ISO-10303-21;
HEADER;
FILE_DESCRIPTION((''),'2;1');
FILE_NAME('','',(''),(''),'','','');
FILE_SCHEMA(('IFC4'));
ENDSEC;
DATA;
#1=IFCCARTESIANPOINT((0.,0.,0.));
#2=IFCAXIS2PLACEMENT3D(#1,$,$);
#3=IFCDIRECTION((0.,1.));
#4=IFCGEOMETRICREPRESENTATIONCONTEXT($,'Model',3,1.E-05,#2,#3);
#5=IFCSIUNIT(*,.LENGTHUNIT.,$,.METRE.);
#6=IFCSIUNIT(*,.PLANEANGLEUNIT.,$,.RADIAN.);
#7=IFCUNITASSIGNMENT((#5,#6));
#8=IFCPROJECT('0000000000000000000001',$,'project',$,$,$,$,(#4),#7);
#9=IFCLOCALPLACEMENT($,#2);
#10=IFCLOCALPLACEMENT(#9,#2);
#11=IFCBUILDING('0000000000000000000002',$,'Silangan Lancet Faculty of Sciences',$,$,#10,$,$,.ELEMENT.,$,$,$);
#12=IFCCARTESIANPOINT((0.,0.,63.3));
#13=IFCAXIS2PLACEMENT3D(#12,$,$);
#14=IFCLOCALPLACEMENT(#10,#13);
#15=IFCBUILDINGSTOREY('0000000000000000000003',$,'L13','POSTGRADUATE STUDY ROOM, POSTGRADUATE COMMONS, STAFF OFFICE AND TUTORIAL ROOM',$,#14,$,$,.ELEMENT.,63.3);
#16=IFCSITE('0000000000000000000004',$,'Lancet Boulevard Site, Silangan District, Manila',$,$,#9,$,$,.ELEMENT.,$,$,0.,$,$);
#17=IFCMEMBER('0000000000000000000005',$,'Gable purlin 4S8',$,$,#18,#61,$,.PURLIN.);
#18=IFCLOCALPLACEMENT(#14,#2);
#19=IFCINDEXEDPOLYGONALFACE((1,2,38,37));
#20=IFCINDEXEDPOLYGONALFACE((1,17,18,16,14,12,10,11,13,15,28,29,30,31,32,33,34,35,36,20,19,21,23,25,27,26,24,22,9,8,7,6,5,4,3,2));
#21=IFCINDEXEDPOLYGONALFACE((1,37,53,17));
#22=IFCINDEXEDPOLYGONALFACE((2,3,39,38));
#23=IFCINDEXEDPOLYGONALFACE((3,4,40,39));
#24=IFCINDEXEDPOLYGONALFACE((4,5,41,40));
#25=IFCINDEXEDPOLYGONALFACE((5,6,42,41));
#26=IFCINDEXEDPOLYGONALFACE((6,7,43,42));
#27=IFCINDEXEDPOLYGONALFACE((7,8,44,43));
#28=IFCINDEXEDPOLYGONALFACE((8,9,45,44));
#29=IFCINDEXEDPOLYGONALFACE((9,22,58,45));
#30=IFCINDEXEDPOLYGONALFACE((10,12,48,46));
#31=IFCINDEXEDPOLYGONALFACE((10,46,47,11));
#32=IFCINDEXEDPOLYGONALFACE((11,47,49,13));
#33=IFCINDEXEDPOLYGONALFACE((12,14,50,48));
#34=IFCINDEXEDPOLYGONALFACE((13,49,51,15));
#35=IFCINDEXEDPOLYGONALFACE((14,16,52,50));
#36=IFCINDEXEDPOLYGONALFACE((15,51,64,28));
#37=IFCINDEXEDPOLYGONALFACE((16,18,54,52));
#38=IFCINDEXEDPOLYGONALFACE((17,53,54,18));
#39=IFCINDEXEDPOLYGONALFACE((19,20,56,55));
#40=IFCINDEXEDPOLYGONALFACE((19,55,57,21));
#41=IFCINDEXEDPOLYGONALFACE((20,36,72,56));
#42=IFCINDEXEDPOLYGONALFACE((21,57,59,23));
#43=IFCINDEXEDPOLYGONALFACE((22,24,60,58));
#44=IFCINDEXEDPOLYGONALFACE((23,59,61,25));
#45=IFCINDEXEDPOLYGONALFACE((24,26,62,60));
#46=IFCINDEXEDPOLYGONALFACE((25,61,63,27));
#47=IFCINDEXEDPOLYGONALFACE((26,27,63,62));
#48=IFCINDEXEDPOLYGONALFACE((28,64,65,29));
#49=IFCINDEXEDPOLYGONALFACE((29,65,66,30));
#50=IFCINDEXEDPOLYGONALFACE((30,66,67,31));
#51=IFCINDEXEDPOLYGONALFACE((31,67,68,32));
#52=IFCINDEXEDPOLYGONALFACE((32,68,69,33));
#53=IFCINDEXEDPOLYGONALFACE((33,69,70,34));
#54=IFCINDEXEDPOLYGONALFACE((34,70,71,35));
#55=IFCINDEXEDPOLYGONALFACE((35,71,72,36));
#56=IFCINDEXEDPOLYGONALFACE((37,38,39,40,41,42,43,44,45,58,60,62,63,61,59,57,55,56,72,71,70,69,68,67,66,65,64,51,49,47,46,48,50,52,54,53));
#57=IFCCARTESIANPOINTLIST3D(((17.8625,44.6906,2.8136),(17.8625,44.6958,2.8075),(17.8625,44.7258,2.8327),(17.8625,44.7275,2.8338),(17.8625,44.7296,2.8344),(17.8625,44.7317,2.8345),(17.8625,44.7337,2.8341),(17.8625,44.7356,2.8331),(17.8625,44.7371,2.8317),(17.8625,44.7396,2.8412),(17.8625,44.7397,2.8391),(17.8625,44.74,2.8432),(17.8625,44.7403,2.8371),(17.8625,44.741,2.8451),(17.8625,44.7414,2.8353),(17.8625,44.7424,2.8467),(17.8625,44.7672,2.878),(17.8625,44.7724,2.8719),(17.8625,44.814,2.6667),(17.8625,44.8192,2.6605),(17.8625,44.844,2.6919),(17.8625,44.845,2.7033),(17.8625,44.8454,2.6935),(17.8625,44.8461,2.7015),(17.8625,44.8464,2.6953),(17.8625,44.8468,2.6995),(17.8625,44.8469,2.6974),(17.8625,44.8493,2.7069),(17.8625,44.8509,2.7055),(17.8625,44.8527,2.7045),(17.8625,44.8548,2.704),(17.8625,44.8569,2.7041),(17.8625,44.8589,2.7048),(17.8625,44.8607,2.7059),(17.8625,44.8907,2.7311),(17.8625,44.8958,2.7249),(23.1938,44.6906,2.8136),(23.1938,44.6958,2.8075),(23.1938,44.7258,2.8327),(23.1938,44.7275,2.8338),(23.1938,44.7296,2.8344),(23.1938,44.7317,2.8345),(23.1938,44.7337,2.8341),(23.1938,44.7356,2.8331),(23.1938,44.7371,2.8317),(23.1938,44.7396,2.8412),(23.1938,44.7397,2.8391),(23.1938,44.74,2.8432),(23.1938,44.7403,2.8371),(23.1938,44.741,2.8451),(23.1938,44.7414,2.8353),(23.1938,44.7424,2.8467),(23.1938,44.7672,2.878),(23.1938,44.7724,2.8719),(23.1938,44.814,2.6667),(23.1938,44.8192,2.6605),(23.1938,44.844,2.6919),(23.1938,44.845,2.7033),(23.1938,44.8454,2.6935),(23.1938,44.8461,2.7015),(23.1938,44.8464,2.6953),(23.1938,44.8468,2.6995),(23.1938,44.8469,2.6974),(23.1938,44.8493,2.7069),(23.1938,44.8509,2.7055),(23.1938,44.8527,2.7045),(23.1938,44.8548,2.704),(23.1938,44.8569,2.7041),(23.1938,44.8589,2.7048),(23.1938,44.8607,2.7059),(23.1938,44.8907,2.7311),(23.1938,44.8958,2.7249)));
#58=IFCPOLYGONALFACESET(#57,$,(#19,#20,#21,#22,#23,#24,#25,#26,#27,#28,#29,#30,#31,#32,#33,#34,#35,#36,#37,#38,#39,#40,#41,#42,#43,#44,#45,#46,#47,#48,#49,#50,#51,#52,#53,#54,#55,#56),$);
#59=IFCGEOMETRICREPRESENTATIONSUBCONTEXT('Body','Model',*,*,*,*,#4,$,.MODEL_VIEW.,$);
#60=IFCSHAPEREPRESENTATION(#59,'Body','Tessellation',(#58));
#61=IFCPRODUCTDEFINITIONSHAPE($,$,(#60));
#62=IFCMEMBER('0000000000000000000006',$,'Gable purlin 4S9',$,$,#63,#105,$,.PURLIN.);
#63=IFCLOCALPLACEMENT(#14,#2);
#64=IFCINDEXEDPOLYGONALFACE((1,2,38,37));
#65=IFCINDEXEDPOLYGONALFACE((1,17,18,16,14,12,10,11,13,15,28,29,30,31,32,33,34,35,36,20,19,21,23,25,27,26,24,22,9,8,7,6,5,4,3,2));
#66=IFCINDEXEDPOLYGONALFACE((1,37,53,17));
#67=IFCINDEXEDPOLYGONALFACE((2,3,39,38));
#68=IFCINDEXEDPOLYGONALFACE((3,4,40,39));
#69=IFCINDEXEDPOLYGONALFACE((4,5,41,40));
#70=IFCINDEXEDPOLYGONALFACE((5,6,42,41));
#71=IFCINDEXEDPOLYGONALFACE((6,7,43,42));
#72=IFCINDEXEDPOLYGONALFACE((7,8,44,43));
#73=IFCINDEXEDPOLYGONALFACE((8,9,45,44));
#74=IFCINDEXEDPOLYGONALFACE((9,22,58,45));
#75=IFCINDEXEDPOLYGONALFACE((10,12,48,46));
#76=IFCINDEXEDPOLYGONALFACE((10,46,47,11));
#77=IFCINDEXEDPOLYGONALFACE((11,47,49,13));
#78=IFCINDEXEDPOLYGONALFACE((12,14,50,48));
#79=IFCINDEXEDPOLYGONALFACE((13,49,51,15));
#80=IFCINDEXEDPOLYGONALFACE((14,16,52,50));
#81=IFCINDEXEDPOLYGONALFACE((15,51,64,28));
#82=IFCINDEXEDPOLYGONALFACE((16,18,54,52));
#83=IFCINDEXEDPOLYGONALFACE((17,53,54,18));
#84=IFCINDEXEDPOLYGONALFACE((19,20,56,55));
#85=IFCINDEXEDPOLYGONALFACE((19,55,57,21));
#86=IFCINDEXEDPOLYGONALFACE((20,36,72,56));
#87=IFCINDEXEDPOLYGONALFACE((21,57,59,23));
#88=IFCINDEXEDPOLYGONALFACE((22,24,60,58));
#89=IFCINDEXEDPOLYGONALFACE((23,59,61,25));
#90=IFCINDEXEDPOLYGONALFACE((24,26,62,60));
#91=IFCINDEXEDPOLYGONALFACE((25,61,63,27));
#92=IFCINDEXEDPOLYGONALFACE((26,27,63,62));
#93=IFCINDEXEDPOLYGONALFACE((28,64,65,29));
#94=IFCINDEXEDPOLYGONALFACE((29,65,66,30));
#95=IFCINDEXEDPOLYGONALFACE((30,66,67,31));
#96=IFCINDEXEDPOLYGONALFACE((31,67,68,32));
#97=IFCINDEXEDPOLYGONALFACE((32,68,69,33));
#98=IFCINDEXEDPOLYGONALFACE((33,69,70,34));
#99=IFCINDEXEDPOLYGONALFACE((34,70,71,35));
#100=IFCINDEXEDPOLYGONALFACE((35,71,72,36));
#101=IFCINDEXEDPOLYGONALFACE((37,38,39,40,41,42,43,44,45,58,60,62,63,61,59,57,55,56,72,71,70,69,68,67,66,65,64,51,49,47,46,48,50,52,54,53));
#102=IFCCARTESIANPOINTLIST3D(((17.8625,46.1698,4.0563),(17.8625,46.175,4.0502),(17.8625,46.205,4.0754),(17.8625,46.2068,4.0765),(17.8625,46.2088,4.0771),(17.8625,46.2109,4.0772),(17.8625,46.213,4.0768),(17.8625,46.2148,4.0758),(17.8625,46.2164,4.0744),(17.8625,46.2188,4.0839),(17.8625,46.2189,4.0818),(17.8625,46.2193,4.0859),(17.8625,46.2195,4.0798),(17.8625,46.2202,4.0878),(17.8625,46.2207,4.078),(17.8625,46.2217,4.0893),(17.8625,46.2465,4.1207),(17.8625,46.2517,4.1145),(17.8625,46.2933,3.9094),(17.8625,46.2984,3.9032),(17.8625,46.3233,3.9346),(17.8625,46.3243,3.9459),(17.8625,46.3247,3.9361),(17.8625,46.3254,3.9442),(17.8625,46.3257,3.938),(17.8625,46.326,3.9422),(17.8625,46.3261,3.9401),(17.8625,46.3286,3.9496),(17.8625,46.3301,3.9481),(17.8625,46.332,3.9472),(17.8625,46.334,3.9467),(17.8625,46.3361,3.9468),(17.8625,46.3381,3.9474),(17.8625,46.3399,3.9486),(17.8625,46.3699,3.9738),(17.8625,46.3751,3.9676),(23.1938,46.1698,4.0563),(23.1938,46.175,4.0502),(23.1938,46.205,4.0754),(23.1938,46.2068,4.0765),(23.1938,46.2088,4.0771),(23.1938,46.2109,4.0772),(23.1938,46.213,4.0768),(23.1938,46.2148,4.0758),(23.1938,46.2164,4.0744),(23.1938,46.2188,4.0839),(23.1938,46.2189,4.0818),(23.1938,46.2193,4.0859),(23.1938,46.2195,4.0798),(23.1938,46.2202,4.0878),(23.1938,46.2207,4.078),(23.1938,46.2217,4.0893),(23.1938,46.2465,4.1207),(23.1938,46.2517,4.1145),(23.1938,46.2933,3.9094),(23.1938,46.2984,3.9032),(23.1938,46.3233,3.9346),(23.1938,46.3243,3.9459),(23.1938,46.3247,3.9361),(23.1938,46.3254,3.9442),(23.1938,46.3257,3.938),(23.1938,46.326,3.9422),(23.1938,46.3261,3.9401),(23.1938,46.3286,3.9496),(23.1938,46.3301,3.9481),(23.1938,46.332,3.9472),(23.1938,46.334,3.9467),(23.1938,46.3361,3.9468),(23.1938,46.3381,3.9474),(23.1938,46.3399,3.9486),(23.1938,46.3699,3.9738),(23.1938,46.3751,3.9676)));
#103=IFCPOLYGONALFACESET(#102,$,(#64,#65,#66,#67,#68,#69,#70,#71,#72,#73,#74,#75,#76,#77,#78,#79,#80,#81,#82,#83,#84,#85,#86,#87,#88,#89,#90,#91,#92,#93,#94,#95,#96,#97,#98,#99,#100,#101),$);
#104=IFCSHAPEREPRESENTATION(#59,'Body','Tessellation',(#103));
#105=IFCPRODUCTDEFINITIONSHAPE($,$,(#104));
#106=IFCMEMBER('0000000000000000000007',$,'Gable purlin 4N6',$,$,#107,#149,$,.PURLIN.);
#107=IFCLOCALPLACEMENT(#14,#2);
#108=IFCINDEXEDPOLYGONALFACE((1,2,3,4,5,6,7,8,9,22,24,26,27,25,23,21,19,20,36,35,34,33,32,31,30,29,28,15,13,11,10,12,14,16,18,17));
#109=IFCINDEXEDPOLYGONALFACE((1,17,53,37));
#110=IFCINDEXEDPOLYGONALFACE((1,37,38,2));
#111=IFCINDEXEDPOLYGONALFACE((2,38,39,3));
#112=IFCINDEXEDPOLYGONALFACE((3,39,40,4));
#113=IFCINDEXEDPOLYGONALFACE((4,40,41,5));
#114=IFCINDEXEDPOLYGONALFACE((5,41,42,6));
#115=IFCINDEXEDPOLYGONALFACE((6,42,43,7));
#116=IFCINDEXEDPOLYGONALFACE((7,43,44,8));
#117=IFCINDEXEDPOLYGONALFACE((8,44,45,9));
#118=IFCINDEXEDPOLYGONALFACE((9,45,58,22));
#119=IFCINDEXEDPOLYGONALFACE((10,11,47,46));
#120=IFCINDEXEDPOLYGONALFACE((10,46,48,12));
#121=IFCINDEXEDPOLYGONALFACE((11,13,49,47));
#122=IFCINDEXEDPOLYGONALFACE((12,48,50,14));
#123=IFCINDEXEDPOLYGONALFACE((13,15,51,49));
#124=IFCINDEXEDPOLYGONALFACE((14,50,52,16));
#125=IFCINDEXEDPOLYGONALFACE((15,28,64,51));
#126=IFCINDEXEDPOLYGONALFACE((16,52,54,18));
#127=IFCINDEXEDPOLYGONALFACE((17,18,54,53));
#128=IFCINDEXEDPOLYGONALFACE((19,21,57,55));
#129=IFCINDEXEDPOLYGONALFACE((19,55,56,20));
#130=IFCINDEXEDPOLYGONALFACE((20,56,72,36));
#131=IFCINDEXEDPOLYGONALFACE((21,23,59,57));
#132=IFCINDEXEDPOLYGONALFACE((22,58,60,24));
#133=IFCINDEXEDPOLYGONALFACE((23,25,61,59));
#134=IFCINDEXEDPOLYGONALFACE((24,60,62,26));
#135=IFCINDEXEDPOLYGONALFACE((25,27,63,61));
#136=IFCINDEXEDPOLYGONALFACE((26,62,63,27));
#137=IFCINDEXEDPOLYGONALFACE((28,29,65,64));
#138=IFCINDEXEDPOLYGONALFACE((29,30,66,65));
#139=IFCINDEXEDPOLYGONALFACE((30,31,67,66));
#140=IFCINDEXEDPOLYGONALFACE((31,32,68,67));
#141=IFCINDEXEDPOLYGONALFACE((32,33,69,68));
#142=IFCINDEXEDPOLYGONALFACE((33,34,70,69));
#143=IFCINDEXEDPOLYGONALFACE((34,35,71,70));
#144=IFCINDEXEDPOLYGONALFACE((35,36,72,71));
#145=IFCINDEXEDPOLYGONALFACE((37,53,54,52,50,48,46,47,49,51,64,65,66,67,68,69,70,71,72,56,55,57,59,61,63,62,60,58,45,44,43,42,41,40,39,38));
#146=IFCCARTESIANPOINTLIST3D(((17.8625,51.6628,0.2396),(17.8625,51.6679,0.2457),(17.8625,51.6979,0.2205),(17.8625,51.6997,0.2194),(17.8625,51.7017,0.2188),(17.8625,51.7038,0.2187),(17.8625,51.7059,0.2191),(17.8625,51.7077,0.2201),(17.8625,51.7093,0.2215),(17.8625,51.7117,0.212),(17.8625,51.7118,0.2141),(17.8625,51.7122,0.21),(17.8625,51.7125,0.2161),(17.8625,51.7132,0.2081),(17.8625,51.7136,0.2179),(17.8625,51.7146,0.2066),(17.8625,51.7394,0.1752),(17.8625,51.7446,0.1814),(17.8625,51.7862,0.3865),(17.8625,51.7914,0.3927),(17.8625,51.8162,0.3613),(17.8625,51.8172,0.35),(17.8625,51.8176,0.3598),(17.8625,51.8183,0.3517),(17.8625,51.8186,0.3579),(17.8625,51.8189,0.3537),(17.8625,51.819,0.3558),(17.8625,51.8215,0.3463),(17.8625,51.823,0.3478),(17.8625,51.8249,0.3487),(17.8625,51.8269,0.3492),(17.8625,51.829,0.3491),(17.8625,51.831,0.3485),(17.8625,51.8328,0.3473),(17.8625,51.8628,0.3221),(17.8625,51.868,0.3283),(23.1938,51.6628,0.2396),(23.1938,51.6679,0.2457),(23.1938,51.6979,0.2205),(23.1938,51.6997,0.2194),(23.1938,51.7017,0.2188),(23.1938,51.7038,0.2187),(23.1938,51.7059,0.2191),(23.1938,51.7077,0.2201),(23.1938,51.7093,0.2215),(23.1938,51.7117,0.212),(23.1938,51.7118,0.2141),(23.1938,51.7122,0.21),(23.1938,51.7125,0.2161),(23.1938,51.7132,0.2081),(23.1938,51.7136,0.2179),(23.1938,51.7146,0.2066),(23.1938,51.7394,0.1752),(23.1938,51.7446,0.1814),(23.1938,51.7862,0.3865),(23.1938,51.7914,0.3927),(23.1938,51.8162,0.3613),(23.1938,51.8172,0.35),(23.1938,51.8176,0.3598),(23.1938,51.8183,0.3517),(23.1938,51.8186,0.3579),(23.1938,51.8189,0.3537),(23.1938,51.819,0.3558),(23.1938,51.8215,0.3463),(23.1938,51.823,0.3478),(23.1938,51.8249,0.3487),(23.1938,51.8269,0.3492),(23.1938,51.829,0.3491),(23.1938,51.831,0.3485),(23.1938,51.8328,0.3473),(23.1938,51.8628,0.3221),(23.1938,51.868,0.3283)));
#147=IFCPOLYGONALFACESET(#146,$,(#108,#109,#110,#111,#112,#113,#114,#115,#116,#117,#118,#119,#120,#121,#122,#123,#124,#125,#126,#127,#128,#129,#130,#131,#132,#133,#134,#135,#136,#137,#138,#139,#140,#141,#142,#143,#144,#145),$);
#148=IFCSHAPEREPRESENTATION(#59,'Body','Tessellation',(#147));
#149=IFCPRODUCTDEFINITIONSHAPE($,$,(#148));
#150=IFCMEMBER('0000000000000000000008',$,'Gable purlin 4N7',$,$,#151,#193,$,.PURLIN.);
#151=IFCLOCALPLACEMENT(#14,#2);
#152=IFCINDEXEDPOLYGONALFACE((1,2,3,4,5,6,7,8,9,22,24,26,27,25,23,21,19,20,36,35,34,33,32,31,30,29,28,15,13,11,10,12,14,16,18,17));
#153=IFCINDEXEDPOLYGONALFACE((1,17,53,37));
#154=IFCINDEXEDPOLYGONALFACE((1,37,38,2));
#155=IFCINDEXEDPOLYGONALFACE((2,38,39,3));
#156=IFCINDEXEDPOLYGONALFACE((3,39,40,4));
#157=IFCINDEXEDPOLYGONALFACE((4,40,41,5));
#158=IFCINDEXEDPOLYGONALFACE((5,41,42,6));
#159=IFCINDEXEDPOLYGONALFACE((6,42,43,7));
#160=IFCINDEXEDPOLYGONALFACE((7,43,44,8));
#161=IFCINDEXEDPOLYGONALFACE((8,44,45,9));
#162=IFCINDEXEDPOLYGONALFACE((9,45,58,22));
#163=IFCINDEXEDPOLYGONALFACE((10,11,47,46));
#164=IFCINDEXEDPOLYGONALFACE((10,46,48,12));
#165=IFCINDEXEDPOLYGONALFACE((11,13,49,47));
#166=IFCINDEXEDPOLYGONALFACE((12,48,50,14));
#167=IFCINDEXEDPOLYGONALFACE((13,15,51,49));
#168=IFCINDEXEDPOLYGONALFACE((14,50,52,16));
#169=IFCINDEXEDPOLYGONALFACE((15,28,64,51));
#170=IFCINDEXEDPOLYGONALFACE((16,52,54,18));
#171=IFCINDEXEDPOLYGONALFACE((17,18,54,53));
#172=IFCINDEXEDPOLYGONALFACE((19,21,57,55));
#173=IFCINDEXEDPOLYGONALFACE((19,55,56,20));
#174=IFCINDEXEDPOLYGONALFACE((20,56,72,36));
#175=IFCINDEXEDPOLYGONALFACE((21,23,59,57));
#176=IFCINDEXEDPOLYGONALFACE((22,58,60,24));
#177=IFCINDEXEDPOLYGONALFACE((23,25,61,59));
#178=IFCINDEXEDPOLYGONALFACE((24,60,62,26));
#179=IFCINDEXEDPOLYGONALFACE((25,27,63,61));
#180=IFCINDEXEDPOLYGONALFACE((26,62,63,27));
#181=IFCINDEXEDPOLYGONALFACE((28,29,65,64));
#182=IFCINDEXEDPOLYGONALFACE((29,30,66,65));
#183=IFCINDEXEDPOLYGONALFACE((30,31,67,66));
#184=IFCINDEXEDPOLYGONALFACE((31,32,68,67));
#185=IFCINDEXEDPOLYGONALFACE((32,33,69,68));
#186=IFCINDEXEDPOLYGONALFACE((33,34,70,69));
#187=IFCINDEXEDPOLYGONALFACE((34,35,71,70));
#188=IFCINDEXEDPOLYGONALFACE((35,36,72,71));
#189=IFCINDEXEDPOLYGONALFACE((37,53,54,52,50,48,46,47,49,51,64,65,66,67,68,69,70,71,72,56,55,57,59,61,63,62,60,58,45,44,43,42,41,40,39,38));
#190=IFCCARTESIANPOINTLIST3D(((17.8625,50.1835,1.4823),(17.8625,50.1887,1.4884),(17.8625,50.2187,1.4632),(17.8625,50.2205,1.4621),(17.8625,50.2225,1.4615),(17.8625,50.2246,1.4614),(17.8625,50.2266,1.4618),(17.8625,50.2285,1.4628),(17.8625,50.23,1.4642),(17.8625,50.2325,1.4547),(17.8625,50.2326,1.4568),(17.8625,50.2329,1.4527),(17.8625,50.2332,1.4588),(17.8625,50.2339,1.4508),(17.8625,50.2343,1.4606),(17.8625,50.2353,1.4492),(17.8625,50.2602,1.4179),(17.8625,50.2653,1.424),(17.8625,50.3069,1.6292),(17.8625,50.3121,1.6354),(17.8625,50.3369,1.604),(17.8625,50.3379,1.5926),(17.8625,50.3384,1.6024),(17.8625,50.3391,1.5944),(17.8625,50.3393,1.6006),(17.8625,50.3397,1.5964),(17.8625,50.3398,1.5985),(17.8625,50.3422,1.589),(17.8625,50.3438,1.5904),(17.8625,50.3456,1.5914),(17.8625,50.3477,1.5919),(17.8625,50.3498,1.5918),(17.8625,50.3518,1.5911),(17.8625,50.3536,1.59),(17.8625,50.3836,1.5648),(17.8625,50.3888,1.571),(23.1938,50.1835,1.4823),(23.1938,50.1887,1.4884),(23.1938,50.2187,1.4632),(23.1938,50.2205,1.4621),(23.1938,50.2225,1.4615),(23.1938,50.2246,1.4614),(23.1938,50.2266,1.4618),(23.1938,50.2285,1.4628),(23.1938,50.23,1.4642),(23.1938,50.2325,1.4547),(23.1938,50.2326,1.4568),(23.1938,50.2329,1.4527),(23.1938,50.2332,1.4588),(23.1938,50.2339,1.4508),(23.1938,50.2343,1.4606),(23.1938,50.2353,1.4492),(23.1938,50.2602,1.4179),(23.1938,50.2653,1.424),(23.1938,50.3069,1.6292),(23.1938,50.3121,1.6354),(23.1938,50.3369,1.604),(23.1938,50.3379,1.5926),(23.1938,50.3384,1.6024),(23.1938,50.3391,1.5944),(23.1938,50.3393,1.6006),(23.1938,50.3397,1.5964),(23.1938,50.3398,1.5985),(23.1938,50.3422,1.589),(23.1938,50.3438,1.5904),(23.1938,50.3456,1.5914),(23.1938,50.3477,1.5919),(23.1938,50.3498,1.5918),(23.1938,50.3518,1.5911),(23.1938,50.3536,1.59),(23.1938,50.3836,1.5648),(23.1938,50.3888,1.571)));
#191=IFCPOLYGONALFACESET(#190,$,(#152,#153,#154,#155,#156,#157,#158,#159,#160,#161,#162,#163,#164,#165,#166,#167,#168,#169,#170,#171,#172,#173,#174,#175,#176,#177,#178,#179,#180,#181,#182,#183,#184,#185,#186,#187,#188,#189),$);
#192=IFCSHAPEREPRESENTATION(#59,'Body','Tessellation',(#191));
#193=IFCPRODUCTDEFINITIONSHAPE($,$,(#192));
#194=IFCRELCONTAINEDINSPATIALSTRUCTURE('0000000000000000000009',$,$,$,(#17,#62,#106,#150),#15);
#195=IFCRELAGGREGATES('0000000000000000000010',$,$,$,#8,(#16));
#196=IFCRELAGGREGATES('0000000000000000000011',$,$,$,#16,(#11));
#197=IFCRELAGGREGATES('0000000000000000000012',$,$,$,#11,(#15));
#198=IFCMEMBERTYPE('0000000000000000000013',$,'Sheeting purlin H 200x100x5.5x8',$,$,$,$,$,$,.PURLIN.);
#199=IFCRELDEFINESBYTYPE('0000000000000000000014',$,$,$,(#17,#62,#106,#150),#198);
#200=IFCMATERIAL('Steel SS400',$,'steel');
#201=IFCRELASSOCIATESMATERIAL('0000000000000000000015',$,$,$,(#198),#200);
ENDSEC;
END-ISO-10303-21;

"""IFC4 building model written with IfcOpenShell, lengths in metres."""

from ifc_helpers import new_model, si_unit, direction, frame, origin, origin_2d, place, context, subcontext, project, spatial, i_section, extrude, material, material_profile, profile_set, type_object, element, save


model = new_model("IFC4")

# Units and contexts
model_context = context("Model", 3, precision=1e-05, world=origin(), true_north=direction((0.0, 1.0)))
body_context = subcontext(model_context, "Body", "Model", "MODEL_VIEW")
ifc_project = project(units=[si_unit("LENGTHUNIT", "METRE"), si_unit("PLANEANGLEUNIT", "RADIAN")], contexts=[model_context])

# Site, building, storey
site_placement = place(None, origin())
site = spatial("IfcSite", under=ifc_project, at=site_placement, Name="Lancet Boulevard Site, Silangan District, Manila", CompositionType="ELEMENT", RefElevation=0.0)
building_placement = place(site_placement, origin())
building = spatial("IfcBuilding", under=site, at=building_placement, Name="Silangan Lancet Faculty of Sciences", CompositionType="ELEMENT")
storey_placement = place(building_placement, frame((0.0, 0.0, 63.3)))
storey = spatial("IfcBuildingStorey", under=building, at=storey_placement, Name="L13", Description="POSTGRADUATE STUDY ROOM, POSTGRADUATE COMMONS, STAFF OFFICE AND TUTORIAL ROOM", CompositionType="ELEMENT", Elevation=63.3)

# Members
ifc_material = material(Name="Steel SS400", Category="steel")
ifc_material_profile = material_profile(ifc_material, i_section(OverallWidth=0.1001, OverallDepth=0.2, WebThickness=0.0056, FlangeThickness=0.0081, FilletRadius=0.0081, at=origin_2d()), Name="H 200x100x5.5x8")
ifc_profile_set = profile_set([ifc_material_profile], Name="Steel SS400")
member_type = type_object("IfcMemberType", Name="Sheeting purlin H 200x100x5.5x8", PredefinedType="PURLIN", material=ifc_profile_set)
for number, where, z_axis, x_axis, name in (
    (1, (17.8625, 44.7932, 2.7693), (1.0, 0.0, 0.0), (0.0, 0.765705, 0.643192), "Gable purlin 4S8"),
    (2, (17.8625, 46.2725, 4.012), (1.0, 0.0, 0.0), (0.0, 0.765705, 0.643192), "Gable purlin 4S9"),
    (3, (17.8625, 51.7654, 0.2839), (1.0, 0.0, 0.0), (0.0, 0.765705, -0.643192), "Gable purlin 4N6"),
    (4, (17.8625, 50.2861, 1.5266), (1.0, 0.0, 0.0), (0.0, 0.765705, -0.643192), "Gable purlin 4N7"),
):
    element("IfcMember", number, at=place(storey_placement, frame(where, z_axis=z_axis, x_axis=x_axis)), inside=storey, type_object=member_type, Name=name, PredefinedType="PURLIN", context=body_context, shape_type="SweptSolid", body=[
        extrude(i_section(OverallWidth=0.1001, OverallDepth=0.2, WebThickness=0.0056, FlangeThickness=0.0081, FilletRadius=0.0081, at=origin_2d()), origin(), (0.0, 0.0, 1.0), 5.3313),
    ])

save(model, "model.ifc")
